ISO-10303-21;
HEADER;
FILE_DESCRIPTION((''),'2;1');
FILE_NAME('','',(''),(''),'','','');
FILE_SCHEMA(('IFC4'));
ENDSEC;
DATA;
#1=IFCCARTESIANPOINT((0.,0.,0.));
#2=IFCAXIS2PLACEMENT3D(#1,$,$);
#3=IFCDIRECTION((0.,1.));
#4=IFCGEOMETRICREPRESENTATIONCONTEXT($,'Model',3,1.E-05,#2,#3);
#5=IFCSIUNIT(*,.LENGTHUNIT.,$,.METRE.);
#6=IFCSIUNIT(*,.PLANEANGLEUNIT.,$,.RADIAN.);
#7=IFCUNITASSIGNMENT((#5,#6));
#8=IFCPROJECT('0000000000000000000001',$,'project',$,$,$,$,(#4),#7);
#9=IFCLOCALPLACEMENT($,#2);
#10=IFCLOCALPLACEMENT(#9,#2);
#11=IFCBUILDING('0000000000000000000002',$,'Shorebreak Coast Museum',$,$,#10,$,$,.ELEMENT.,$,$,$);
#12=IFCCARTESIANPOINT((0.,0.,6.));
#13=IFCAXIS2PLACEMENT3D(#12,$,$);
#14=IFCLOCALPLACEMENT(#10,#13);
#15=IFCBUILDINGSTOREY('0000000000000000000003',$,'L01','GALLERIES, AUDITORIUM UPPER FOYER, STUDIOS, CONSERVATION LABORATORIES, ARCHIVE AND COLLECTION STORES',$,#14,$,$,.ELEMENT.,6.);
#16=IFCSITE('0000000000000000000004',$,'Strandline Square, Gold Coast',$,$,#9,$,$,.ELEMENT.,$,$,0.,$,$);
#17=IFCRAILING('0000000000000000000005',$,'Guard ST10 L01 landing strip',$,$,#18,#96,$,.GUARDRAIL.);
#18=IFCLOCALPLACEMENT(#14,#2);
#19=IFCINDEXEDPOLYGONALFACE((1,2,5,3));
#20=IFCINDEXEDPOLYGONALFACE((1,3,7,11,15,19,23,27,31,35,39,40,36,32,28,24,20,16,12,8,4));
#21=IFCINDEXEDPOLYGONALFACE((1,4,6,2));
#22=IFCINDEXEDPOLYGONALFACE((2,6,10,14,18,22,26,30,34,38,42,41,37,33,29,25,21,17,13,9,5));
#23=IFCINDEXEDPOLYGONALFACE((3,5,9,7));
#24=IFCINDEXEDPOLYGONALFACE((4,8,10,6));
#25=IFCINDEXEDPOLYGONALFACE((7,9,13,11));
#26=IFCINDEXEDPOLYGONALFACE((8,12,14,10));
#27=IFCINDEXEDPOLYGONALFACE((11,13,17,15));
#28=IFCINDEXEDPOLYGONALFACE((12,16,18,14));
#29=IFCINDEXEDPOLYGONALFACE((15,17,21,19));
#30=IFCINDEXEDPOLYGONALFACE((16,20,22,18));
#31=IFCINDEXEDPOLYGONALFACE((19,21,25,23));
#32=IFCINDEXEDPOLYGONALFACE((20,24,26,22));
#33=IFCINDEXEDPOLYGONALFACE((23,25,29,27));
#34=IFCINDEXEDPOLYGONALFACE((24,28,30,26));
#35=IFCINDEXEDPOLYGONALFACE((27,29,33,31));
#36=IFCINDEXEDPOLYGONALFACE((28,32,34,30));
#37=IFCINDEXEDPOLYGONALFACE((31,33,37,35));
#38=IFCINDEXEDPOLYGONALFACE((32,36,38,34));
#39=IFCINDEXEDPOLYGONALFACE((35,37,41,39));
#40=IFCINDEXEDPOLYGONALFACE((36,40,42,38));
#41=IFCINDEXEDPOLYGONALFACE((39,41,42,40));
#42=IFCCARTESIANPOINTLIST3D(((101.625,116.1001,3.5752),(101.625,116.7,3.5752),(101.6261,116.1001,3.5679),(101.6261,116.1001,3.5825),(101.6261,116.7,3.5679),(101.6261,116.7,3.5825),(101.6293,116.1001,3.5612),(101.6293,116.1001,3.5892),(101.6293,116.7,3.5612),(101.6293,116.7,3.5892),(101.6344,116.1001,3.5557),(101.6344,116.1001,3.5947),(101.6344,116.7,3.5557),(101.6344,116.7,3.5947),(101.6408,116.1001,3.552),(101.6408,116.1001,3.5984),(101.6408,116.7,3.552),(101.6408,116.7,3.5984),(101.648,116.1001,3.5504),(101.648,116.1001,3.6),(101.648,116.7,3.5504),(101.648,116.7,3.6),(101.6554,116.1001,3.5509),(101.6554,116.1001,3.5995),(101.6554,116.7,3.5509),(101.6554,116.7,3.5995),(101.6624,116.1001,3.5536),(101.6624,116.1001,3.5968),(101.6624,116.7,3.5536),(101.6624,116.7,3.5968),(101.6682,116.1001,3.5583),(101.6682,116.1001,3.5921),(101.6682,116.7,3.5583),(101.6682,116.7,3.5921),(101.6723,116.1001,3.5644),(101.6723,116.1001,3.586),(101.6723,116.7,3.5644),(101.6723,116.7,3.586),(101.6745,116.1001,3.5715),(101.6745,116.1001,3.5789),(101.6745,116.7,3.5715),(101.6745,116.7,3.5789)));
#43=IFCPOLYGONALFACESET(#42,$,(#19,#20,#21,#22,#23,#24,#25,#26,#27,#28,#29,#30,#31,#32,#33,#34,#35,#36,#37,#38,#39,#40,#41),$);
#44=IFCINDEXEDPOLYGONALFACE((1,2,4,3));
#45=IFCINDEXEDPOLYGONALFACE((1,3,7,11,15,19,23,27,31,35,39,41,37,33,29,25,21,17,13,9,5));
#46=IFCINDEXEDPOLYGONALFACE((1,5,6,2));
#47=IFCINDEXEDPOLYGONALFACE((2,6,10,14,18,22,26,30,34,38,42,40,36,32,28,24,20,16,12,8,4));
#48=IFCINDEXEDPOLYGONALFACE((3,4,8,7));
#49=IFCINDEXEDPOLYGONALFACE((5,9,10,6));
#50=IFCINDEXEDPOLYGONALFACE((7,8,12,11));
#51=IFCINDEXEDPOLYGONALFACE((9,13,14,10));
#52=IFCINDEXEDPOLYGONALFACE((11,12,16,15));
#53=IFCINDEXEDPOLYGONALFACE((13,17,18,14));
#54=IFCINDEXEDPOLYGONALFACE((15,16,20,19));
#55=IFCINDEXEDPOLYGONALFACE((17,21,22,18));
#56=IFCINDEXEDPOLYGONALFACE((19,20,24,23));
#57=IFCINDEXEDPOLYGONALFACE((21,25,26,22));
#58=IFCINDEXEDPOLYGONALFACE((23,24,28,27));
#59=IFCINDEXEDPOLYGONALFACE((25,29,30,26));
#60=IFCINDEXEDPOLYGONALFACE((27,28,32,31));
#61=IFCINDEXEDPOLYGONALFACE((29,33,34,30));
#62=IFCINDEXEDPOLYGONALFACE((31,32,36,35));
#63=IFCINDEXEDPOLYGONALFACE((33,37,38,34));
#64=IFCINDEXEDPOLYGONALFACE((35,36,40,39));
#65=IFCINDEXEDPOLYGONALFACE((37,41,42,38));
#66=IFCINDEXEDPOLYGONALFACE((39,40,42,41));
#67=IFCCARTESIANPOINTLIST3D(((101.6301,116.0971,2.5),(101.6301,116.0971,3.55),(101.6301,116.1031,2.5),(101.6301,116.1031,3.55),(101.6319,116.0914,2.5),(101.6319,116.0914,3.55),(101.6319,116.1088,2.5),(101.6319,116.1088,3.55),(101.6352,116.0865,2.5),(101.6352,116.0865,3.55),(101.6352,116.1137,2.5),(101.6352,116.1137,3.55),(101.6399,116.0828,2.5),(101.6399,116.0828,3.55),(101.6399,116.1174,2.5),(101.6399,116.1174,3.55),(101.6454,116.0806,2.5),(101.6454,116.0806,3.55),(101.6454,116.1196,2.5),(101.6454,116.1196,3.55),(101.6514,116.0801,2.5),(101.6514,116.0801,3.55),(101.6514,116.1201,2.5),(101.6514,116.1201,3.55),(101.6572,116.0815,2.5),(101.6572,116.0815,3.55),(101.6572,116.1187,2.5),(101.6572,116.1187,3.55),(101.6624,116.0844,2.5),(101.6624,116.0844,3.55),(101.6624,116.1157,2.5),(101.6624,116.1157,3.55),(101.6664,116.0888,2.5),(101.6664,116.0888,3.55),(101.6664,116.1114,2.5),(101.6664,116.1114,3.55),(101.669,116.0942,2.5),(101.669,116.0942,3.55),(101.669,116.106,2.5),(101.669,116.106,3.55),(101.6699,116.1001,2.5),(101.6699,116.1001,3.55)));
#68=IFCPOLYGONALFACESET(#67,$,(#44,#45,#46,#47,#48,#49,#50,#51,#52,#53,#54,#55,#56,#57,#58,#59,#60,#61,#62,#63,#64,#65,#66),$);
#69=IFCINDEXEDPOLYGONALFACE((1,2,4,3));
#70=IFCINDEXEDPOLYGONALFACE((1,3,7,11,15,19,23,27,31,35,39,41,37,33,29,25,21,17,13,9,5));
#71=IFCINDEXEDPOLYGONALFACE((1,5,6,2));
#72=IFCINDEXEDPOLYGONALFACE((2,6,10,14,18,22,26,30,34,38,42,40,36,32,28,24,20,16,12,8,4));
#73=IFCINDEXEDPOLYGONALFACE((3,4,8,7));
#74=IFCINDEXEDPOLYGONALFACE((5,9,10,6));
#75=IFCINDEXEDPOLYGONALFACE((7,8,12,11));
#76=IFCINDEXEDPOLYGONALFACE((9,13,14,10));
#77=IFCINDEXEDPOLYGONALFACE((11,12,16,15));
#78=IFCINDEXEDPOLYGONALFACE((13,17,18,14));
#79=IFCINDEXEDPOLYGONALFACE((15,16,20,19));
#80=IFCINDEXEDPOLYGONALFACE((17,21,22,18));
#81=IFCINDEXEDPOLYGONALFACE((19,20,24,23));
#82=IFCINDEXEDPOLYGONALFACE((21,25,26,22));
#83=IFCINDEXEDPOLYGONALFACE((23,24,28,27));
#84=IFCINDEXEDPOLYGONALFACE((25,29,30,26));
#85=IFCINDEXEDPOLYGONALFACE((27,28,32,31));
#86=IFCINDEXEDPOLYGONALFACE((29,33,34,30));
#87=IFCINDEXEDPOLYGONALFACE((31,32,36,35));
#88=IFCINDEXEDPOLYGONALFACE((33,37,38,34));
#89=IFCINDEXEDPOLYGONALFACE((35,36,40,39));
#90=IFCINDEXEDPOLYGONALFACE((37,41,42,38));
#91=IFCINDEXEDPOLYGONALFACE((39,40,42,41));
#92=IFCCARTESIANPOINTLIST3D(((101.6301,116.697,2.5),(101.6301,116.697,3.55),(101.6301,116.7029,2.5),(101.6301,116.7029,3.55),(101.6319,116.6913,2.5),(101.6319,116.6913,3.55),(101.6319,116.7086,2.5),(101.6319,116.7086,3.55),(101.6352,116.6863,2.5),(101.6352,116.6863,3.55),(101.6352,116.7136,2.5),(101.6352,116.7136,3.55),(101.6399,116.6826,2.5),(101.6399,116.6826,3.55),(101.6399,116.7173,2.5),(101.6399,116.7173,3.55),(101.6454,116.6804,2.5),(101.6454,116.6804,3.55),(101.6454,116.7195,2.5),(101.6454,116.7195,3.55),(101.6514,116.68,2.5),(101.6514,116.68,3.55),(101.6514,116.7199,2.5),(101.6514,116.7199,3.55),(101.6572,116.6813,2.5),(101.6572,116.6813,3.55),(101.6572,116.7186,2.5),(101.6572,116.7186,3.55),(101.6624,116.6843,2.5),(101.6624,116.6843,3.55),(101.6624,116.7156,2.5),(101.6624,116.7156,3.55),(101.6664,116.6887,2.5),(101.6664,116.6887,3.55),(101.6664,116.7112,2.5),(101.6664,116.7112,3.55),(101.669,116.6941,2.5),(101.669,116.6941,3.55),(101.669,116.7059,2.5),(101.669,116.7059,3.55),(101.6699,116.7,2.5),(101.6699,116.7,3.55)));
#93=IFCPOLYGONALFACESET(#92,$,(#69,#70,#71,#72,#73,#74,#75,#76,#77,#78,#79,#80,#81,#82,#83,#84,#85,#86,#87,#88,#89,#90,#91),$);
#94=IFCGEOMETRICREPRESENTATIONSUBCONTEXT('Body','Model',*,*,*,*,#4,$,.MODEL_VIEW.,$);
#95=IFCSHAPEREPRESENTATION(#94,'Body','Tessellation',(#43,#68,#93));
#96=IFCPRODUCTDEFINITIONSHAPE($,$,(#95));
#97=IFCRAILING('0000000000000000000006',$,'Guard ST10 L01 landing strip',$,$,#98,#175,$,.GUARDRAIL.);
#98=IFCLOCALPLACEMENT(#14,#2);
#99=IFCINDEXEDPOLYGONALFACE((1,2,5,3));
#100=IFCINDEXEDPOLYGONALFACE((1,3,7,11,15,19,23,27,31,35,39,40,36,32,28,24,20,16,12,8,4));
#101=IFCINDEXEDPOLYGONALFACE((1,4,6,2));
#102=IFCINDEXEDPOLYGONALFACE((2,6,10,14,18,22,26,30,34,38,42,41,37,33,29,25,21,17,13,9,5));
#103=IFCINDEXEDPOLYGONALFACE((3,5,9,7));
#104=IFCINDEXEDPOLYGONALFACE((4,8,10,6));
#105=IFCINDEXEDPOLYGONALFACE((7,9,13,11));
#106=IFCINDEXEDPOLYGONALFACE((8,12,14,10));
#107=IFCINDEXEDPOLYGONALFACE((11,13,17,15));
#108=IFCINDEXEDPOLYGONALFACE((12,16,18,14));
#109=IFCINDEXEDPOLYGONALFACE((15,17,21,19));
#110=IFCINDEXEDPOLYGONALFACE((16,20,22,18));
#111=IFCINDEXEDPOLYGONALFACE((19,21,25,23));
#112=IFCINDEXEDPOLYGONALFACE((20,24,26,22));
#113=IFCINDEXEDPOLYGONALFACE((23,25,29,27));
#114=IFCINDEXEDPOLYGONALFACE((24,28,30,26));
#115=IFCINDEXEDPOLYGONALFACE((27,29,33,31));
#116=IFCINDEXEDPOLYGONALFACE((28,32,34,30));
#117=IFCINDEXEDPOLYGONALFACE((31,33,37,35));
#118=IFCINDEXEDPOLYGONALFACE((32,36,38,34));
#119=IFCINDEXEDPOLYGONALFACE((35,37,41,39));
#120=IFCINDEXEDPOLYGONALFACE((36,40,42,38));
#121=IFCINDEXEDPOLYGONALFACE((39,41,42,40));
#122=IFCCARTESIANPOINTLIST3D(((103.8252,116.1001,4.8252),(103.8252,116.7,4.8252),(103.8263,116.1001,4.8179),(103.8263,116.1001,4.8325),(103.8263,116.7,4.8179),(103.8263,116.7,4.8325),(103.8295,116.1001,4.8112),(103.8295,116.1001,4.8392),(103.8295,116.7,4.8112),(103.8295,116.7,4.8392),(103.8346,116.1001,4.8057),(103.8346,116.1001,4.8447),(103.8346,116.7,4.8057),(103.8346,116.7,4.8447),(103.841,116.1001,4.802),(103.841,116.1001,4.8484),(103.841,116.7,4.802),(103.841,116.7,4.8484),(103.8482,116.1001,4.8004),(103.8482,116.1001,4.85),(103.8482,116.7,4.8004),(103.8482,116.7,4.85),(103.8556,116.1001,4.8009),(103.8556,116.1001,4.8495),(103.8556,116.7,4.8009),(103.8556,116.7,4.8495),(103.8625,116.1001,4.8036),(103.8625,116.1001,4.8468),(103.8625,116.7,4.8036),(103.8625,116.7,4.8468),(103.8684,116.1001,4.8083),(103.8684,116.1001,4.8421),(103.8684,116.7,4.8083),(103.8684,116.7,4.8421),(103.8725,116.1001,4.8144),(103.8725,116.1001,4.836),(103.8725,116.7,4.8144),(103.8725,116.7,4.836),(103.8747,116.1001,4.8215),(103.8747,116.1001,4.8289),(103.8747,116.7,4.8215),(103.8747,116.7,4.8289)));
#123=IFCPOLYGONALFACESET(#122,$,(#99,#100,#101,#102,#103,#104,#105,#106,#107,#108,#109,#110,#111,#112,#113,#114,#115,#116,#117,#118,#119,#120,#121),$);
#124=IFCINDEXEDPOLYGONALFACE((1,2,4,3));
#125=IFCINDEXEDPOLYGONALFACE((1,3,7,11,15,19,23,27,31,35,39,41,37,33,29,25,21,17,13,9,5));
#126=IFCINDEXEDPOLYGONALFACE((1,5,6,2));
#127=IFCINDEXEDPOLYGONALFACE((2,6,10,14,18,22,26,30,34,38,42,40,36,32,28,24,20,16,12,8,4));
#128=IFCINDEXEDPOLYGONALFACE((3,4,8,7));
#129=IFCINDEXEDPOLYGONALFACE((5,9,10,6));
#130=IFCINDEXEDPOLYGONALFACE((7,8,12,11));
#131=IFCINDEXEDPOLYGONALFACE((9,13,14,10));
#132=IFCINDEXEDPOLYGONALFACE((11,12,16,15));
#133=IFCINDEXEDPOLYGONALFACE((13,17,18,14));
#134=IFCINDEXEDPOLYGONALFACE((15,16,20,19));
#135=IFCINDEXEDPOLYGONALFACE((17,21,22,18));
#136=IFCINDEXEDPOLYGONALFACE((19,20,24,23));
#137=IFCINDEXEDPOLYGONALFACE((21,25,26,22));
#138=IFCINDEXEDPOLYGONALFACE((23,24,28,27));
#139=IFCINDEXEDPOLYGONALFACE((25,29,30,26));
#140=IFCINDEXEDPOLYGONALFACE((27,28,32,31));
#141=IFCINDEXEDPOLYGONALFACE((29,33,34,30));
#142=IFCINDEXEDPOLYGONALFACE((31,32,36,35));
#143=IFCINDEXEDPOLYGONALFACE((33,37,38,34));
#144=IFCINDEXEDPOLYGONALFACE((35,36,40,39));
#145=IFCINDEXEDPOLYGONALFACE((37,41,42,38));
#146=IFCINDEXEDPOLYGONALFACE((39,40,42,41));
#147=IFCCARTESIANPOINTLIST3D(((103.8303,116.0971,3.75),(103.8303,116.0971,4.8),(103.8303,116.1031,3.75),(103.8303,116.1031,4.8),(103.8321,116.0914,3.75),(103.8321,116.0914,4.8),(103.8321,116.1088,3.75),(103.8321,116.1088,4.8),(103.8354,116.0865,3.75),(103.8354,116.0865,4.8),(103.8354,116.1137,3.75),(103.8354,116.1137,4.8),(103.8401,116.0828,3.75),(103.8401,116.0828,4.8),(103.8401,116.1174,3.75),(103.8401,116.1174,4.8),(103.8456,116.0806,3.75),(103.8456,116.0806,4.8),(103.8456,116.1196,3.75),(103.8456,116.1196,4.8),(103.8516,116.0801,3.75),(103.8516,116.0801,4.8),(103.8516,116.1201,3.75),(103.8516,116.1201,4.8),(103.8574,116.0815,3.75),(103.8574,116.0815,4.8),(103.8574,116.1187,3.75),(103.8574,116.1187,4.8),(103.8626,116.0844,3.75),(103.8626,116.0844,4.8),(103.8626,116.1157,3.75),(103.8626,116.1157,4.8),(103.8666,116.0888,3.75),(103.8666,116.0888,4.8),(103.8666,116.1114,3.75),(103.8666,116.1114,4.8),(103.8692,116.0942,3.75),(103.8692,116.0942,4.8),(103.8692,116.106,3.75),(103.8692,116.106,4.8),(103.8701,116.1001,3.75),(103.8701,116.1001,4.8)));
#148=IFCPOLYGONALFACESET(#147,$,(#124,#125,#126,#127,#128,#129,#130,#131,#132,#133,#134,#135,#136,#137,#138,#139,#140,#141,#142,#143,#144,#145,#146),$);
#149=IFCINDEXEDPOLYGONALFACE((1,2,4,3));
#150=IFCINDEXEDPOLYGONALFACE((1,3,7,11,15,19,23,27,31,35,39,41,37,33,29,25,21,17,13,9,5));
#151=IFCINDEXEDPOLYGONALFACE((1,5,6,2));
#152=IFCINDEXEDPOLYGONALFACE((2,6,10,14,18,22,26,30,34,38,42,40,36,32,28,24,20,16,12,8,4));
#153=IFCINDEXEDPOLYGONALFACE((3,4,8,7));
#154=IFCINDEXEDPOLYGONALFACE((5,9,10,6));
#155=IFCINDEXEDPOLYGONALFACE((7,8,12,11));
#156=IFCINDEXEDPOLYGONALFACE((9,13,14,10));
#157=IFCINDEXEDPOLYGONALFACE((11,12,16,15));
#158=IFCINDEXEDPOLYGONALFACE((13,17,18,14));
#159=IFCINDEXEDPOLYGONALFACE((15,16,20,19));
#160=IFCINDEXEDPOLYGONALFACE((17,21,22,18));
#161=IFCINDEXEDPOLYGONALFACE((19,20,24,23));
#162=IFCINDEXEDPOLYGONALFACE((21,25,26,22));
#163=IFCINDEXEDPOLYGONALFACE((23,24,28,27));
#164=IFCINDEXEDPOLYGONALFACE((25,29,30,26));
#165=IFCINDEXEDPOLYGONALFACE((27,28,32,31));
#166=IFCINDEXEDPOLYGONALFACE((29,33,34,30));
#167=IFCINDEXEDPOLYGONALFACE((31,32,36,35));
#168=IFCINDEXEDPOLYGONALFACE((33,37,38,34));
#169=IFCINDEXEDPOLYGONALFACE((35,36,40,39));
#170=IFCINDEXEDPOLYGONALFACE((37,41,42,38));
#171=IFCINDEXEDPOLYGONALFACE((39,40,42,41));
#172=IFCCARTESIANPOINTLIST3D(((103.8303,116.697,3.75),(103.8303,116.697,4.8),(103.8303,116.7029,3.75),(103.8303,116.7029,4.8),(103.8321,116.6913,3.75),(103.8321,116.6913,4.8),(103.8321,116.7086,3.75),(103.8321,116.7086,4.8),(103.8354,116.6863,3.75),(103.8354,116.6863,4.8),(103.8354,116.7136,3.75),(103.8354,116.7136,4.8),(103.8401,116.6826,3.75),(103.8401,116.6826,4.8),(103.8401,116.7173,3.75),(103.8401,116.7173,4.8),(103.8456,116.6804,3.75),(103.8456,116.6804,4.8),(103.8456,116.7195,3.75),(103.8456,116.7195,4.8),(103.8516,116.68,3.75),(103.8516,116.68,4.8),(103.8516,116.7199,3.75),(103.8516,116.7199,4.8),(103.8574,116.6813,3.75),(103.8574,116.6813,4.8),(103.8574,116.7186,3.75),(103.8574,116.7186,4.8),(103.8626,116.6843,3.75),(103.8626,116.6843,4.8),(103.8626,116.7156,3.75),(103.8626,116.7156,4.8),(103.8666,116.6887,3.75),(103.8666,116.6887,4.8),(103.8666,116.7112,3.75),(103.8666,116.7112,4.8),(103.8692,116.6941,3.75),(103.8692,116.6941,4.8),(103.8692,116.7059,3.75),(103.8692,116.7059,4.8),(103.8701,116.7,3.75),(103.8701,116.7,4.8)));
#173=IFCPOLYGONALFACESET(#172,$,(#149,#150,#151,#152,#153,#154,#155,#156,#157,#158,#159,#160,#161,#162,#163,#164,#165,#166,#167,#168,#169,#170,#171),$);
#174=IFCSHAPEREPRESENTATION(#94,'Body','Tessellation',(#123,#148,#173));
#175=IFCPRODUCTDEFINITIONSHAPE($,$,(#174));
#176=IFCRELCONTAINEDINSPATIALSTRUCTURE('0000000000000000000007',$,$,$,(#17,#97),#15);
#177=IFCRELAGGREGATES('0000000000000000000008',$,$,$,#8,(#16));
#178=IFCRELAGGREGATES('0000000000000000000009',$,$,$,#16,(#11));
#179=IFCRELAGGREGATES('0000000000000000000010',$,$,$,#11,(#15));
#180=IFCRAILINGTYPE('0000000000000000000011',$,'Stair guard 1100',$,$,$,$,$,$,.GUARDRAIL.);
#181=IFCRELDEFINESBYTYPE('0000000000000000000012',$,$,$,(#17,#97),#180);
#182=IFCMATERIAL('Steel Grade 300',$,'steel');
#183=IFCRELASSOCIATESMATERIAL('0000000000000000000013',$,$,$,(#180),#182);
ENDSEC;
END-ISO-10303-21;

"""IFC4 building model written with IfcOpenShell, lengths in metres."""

from ifc_helpers import new_model, si_unit, direction, frame, origin, origin_2d, place, context, subcontext, project, spatial, circle, extrude, material, type_object, element, save


model = new_model("IFC4")

# Units and contexts
model_context = context("Model", 3, precision=1e-05, world=origin(), true_north=direction((0.0, 1.0)))
body_context = subcontext(model_context, "Body", "Model", "MODEL_VIEW")
ifc_project = project(units=[si_unit("LENGTHUNIT", "METRE"), si_unit("PLANEANGLEUNIT", "RADIAN")], contexts=[model_context])

# Site, building, storey
site_placement = place(None, origin())
site = spatial("IfcSite", under=ifc_project, at=site_placement, Name="Strandline Square, Gold Coast", CompositionType="ELEMENT", RefElevation=0.0)
building_placement = place(site_placement, origin())
building = spatial("IfcBuilding", under=site, at=building_placement, Name="Shorebreak Coast Museum", CompositionType="ELEMENT")
storey_placement = place(building_placement, frame((0.0, 0.0, 6.0)))
storey = spatial("IfcBuildingStorey", under=building, at=storey_placement, Name="L01", Description="GALLERIES, AUDITORIUM UPPER FOYER, STUDIOS, CONSERVATION LABORATORIES, ARCHIVE AND COLLECTION STORES", CompositionType="ELEMENT", Elevation=6.0)

# Railings
ifc_material_1 = material(Name="Steel Grade 300", Category="steel")
railing_type_1 = type_object("IfcRailingType", Name="Stair guard 1100", PredefinedType="GUARDRAIL", material=ifc_material_1)
for number, where, name in (
    (1, (101.6499, 116.1001, 2.5), "Guard ST10 L01 landing strip"),
    (2, (103.8501, 116.1001, 3.75), "Guard ST10 L01 landing strip"),
):
    element("IfcRailing", number, at=place(storey_placement, frame(where)), inside=storey, type_object=railing_type_1, Name=name, PredefinedType="GUARDRAIL", context=body_context, shape_type="SweptSolid", body=[
        extrude(circle(Radius=0.0249, at=origin_2d()), frame((0.0, 0.0, 1.0752), z_axis=(0.0, 1.0, 0.0), x_axis=(-1.0, 0.0, 0.0)), (0.0, 0.0, 1.0), 0.5999),
        extrude(circle(Radius=0.02, at=origin_2d()), origin(), (0.0, 0.0, 1.0), 1.05),
        extrude(circle(Radius=0.02, at=origin_2d()), frame((0.0, 0.5999, 0.0)), (0.0, 0.0, 1.0), 1.05),
    ])

save(model, "model.ifc")
